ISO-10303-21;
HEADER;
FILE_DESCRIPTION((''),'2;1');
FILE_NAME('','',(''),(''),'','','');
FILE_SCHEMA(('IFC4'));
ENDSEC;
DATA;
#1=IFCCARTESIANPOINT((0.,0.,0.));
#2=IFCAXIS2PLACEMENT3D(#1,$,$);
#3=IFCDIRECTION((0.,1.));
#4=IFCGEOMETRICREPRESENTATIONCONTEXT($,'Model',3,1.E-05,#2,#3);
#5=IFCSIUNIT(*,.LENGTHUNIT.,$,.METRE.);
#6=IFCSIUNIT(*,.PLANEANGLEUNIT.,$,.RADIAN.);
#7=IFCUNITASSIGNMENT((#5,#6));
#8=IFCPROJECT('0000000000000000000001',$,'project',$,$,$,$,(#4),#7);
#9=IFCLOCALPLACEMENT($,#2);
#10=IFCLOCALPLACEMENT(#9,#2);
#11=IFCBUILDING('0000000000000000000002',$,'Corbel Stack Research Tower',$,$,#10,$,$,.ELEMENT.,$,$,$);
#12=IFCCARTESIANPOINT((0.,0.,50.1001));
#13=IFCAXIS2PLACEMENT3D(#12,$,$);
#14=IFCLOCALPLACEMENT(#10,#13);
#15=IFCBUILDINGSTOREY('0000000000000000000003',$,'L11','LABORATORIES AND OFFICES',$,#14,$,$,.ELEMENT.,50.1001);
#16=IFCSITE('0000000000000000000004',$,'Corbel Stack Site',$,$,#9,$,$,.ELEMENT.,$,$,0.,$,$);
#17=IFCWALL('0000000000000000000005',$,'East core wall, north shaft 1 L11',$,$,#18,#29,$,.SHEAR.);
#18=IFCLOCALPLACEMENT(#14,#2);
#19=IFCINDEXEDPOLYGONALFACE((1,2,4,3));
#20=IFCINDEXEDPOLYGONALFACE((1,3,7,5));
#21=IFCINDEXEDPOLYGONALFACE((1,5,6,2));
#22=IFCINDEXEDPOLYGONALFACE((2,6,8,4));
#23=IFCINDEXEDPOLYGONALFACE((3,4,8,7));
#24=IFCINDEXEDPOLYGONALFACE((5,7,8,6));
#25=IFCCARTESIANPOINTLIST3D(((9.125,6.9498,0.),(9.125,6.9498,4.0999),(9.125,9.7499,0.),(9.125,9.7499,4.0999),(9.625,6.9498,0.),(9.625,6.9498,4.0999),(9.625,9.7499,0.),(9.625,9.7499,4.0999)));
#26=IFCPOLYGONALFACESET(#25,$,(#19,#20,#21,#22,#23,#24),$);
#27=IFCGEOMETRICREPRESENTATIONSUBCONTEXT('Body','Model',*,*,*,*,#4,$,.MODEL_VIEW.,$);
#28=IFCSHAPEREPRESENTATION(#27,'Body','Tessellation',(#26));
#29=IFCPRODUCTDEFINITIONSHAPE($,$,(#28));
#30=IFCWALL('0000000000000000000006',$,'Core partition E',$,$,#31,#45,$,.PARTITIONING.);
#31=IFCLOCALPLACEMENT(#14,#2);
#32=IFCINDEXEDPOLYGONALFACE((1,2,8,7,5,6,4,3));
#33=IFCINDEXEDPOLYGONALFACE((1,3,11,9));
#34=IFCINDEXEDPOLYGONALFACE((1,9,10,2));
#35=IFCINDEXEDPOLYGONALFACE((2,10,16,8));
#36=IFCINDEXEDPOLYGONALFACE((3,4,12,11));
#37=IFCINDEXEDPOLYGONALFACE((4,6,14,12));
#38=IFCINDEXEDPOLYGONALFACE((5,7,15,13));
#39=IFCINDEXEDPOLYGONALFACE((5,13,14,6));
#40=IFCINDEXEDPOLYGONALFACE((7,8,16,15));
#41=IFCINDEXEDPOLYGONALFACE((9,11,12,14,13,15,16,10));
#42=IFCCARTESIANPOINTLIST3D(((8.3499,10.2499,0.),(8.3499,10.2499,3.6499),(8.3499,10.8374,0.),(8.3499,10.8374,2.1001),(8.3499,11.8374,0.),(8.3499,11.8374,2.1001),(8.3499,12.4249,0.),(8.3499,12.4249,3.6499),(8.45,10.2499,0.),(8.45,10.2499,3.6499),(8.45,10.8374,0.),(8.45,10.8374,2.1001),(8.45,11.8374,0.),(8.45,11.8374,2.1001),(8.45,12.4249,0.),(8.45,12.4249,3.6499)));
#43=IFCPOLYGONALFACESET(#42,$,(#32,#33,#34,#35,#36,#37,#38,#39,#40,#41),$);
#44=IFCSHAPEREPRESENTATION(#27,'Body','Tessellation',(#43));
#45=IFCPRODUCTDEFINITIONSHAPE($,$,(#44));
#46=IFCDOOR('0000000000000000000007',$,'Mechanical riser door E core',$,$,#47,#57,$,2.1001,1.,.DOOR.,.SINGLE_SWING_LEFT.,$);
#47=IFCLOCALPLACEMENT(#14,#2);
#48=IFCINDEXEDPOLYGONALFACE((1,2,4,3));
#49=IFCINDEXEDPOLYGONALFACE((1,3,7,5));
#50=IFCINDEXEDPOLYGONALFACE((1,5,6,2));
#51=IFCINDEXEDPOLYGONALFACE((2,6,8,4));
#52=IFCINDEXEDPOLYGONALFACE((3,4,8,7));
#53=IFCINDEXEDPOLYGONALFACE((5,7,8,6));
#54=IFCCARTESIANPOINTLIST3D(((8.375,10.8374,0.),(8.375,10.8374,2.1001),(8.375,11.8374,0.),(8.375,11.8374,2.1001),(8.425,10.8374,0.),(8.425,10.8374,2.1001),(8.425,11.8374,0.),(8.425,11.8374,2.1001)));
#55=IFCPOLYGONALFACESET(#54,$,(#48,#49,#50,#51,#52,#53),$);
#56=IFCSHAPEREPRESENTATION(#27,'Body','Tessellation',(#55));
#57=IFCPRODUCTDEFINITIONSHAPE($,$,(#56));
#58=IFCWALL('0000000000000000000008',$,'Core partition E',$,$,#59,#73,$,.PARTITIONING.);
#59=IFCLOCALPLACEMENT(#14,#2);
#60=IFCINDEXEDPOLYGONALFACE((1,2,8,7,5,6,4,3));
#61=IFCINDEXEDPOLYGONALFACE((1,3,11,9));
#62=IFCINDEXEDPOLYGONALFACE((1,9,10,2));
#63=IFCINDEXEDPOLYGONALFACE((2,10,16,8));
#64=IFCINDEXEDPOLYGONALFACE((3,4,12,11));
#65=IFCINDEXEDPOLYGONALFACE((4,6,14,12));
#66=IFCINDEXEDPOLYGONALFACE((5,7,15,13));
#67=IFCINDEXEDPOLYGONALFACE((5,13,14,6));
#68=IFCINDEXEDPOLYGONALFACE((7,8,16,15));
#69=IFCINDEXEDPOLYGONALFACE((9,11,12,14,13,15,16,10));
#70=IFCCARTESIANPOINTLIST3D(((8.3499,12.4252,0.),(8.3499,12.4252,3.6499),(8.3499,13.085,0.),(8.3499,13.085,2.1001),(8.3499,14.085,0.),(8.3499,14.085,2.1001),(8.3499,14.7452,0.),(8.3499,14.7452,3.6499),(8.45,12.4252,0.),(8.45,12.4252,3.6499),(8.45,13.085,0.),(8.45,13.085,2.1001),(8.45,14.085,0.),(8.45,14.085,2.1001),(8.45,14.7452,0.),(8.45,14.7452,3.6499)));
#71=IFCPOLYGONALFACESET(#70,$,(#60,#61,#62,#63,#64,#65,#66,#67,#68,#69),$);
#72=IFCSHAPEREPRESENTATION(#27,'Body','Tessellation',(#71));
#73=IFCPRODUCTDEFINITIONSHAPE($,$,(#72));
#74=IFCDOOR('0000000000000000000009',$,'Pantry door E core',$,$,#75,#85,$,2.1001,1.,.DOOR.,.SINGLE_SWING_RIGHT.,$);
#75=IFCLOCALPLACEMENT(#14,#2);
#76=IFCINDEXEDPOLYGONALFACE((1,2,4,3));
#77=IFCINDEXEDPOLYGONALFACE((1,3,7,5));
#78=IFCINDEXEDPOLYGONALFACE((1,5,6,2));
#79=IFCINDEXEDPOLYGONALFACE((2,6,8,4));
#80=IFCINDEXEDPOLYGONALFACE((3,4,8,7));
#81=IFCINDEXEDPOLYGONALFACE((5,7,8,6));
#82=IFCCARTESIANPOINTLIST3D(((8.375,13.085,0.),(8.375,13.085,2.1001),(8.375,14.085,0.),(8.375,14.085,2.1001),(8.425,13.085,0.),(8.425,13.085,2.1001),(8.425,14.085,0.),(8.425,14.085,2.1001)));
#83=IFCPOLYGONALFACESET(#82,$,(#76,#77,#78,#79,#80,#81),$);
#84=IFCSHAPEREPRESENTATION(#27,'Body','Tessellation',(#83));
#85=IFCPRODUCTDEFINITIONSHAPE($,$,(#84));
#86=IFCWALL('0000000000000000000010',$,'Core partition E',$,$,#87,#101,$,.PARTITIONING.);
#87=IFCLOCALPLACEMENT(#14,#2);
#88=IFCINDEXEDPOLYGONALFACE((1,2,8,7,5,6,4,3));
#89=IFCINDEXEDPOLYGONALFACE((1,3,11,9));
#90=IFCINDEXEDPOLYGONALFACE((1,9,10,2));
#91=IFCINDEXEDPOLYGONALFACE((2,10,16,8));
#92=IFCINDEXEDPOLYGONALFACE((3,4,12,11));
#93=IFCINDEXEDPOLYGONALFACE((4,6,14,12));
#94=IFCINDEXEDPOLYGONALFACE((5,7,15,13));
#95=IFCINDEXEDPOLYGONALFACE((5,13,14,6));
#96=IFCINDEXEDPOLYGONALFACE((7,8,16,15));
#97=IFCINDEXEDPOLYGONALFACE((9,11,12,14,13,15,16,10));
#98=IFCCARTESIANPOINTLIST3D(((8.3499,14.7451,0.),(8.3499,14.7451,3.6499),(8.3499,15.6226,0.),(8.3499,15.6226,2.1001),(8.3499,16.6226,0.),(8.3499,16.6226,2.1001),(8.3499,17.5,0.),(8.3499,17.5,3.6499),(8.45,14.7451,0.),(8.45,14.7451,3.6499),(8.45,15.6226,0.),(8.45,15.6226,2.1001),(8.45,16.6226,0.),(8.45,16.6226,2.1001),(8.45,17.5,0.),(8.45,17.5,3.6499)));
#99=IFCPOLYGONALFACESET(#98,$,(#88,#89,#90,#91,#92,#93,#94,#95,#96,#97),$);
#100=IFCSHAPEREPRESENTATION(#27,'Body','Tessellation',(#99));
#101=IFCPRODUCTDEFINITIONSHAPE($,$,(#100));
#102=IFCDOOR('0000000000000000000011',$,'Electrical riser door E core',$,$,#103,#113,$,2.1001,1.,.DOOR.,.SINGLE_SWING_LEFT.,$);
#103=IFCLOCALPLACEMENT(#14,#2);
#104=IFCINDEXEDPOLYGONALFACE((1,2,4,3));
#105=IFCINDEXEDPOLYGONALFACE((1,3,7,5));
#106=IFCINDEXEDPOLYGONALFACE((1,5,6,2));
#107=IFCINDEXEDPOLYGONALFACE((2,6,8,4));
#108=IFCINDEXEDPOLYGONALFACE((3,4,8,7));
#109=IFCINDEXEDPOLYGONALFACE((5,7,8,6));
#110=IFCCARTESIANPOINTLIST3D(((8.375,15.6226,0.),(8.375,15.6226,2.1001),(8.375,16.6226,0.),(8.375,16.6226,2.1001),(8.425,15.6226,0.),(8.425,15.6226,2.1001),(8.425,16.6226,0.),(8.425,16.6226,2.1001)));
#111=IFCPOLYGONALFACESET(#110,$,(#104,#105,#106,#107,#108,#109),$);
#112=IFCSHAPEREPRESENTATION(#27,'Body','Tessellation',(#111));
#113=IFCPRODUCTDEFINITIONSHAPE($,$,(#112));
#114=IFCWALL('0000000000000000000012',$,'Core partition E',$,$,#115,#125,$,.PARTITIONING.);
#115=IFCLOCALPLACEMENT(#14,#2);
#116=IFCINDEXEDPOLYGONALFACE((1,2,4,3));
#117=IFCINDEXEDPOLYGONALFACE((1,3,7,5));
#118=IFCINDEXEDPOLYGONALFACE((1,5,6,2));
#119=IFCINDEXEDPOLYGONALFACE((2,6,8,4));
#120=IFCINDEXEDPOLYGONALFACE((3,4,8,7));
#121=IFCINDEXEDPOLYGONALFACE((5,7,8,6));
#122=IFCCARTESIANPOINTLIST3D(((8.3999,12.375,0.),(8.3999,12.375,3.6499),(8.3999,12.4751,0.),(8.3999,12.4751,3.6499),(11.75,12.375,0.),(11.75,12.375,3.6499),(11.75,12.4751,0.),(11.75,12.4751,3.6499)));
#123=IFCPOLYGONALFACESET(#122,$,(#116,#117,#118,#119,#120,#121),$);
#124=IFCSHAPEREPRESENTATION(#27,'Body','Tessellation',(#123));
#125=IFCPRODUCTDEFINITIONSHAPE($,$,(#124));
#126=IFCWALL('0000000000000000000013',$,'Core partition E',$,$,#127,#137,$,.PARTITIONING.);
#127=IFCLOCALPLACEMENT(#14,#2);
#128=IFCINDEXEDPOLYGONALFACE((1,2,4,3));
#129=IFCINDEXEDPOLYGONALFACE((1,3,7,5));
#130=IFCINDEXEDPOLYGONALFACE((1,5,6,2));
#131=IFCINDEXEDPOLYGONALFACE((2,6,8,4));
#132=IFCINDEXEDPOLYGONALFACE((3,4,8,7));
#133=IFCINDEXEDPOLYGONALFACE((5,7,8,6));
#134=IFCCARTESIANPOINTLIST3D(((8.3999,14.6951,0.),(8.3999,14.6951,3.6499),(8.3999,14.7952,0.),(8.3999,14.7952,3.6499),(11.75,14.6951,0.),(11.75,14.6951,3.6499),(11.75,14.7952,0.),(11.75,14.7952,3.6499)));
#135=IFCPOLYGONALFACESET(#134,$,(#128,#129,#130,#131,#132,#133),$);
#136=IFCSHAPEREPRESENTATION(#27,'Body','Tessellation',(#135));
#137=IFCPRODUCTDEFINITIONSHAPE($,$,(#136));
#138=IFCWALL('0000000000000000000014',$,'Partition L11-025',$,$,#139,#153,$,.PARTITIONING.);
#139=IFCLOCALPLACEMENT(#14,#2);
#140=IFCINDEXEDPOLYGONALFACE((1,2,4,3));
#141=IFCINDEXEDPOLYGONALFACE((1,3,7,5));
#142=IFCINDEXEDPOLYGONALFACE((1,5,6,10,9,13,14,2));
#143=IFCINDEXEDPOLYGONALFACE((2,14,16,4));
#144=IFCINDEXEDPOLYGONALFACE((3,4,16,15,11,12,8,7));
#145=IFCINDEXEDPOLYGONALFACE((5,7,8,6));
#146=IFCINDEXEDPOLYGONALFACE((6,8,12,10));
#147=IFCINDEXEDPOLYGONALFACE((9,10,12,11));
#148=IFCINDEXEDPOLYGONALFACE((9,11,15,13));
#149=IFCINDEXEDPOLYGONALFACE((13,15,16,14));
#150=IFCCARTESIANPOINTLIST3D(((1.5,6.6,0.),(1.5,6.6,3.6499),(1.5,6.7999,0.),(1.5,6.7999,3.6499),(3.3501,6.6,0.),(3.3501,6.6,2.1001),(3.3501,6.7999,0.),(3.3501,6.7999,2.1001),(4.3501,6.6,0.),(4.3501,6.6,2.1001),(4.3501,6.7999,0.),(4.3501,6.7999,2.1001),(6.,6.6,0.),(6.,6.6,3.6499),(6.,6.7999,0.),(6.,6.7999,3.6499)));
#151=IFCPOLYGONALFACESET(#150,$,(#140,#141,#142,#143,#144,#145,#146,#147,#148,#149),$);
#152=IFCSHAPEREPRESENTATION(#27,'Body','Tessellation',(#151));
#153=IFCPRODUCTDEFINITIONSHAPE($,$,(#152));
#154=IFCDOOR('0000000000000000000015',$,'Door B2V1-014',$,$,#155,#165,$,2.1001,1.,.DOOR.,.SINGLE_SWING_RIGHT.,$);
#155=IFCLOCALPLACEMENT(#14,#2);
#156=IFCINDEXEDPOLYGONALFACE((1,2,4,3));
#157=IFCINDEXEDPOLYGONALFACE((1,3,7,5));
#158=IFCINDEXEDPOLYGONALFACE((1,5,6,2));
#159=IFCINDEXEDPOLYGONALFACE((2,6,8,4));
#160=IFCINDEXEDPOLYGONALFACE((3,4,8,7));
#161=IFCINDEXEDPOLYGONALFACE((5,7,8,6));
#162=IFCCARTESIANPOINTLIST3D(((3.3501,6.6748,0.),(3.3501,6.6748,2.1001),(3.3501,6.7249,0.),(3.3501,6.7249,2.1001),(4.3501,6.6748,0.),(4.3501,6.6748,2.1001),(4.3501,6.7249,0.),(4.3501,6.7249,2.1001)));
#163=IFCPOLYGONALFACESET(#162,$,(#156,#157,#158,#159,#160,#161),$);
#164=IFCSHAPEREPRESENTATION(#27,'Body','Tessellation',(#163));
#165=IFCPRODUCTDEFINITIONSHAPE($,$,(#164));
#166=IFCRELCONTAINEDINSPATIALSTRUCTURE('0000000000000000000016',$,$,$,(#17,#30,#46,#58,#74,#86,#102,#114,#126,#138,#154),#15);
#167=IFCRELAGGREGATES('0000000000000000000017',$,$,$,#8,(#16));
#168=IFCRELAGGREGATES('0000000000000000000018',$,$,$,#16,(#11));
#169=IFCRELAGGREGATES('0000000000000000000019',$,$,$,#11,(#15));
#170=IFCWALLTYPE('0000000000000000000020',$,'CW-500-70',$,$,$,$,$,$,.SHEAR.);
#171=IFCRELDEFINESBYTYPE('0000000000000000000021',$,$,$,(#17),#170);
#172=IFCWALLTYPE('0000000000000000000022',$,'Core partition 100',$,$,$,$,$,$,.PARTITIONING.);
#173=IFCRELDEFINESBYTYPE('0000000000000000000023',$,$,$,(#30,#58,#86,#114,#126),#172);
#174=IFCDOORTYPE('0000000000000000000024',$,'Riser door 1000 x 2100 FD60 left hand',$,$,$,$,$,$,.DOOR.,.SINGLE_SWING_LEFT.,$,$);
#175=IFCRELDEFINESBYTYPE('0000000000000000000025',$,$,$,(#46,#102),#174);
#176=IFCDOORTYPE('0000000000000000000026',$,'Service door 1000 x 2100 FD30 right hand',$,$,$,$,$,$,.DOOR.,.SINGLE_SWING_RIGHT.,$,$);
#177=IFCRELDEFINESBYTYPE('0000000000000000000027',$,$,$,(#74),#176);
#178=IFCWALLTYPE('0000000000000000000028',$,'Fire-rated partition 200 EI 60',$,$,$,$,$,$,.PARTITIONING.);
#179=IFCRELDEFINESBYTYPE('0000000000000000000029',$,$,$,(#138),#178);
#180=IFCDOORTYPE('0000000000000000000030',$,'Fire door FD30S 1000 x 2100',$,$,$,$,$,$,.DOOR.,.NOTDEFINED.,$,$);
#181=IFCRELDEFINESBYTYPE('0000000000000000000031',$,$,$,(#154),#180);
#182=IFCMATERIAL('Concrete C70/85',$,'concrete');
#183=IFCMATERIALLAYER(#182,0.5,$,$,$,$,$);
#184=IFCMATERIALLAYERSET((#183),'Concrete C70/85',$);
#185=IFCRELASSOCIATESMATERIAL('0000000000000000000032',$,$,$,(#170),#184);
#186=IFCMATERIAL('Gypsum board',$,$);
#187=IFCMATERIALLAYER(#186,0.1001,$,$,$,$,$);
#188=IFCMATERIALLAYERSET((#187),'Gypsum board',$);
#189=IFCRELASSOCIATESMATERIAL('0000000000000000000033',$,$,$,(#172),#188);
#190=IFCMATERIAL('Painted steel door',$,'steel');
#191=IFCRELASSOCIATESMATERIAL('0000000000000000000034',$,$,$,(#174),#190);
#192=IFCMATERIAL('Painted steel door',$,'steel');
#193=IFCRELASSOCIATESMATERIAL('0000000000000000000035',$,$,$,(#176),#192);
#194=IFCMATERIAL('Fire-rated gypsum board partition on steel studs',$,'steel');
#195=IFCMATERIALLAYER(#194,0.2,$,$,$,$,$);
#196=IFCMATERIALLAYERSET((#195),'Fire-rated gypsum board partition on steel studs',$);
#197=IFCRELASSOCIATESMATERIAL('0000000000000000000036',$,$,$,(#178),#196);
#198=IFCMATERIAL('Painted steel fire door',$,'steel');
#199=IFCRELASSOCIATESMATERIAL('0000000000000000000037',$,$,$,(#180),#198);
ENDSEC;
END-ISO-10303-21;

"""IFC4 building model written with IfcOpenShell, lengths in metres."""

from ifc_helpers import new_model, si_unit, direction, frame, frame_2d, origin, place, context, subcontext, project, spatial, rectangle, extrude, material, layer, layer_set, type_object, element, fill, save


model = new_model("IFC4")

# Units and contexts
model_context = context("Model", 3, precision=1e-05, world=origin(), true_north=direction((0.0, 1.0)))
body_context = subcontext(model_context, "Body", "Model", "MODEL_VIEW")
ifc_project = project(units=[si_unit("LENGTHUNIT", "METRE"), si_unit("PLANEANGLEUNIT", "RADIAN")], contexts=[model_context])

# Site, building, storey
site_placement = place(None, origin())
site = spatial("IfcSite", under=ifc_project, at=site_placement, Name="Corbel Stack Site", CompositionType="ELEMENT", RefElevation=0.0)
building_placement = place(site_placement, origin())
building = spatial("IfcBuilding", under=site, at=building_placement, Name="Corbel Stack Research Tower", CompositionType="ELEMENT")
storey_placement = place(building_placement, frame((0.0, 0.0, 50.1001)))
storey = spatial("IfcBuildingStorey", under=building, at=storey_placement, Name="L11", Description="LABORATORIES AND OFFICES", CompositionType="ELEMENT", Elevation=50.1001)

# Shared definitions
ifc_material_1 = material(Name="Concrete C70/85", Category="concrete")
ifc_layer_1 = layer(ifc_material_1, 0.5)
ifc_layer_set_1 = layer_set([ifc_layer_1], Name="Concrete C70/85")
wall_type_1 = type_object("IfcWallType", Name="CW-500-70", PredefinedType="SHEAR", material=ifc_layer_set_1)

# Wall
wall_1_placement = place(storey_placement, frame((9.375, 6.95, 0.0), z_axis=(0.0, 0.0, 1.0), x_axis=(0.0, 1.0, 0.0)))
element("IfcWall", 1, at=wall_1_placement, inside=storey, type_object=wall_type_1, Name="East core wall, north shaft 1 L11", PredefinedType="SHEAR", context=body_context, shape_type="SweptSolid", body=[
    extrude(rectangle(XDim=2.8, YDim=0.5, at=frame_2d((1.3999, 0.0))), origin(), (0.0, 0.0, 1.0), 4.0999),
])

# Walls, openings, doors
ifc_material_2 = material(Name="Gypsum board")
ifc_layer_2 = layer(ifc_material_2, 0.1001)
ifc_layer_set_2 = layer_set([ifc_layer_2], Name="Gypsum board")
wall_type_2 = type_object("IfcWallType", Name="Core partition 100", PredefinedType="PARTITIONING", material=ifc_layer_set_2)
wall_2_placement = place(storey_placement, frame((8.3999, 10.25, 0.0), z_axis=(0.0, 0.0, 1.0), x_axis=(0.0, 1.0, 0.0)))
wall_2 = element("IfcWall", 2, at=wall_2_placement, inside=storey, type_object=wall_type_2, Name="Core partition E", PredefinedType="PARTITIONING", context=body_context, shape_type="SweptSolid", body=[
    extrude(rectangle(XDim=2.175, YDim=0.1001, at=frame_2d((1.0874, 0.0))), origin(), (0.0, 0.0, 1.0), 3.6499),
])
opening_1_placement = place(wall_2_placement, frame((0.5874, 0.0, 0.0)))
opening_1 = element("IfcOpeningElement", 3, at=opening_1_placement, cuts=wall_2, PredefinedType="OPENING", context=body_context, shape_type="SweptSolid", body=[
    extrude(rectangle(XDim=1.0, YDim=2.1001, at=frame_2d((0.5, 1.05))), frame((0.0, 0.0601, 0.0), z_axis=(0.0, -1.0, 0.0), x_axis=(1.0, 0.0, 0.0)), (0.0, 0.0, 1.0), 0.1201),
])
ifc_material_3 = material(Name="Painted steel door", Category="steel")
door_type_1 = type_object("IfcDoorType", Name="Riser door 1000 x 2100 FD60 left hand", OperationType="SINGLE_SWING_LEFT", PredefinedType="DOOR", material=ifc_material_3)
door_1_placement = place(opening_1_placement, origin())
door_1 = element("IfcDoor", 4, at=door_1_placement, inside=storey, type_object=door_type_1, Name="Mechanical riser door E core", OperationType="SINGLE_SWING_LEFT", OverallHeight=2.1001, OverallWidth=1.0, PredefinedType="DOOR", context=body_context, shape_type="SweptSolid", body=[
    extrude(rectangle(XDim=1.0, YDim=2.1001, at=frame_2d((0.5, 1.05))), frame((0.0, 0.0249, 0.0), z_axis=(0.0, -1.0, 0.0), x_axis=(1.0, 0.0, 0.0)), (0.0, 0.0, 1.0), 0.05),
])
fill(opening_1, door_1)
wall_3_placement = place(storey_placement, frame((8.3999, 12.425, 0.0), z_axis=(0.0, 0.0, 1.0), x_axis=(0.0, 1.0, 0.0)))
wall_3 = element("IfcWall", 5, at=wall_3_placement, inside=storey, type_object=wall_type_2, Name="Core partition E", PredefinedType="PARTITIONING", context=body_context, shape_type="SweptSolid", body=[
    extrude(rectangle(XDim=2.3201, YDim=0.1001, at=frame_2d((1.1602, 0.0))), origin(), (0.0, 0.0, 1.0), 3.6499),
])
opening_2_placement = place(wall_3_placement, frame((0.6599, 0.0, 0.0)))
opening_2 = element("IfcOpeningElement", 6, at=opening_2_placement, cuts=wall_3, PredefinedType="OPENING", context=body_context, shape_type="SweptSolid", body=[
    extrude(rectangle(XDim=1.0, YDim=2.1001, at=frame_2d((0.5, 1.05))), frame((0.0, 0.0601, 0.0), z_axis=(0.0, -1.0, 0.0), x_axis=(1.0, 0.0, 0.0)), (0.0, 0.0, 1.0), 0.1201),
])
ifc_material_4 = material(Name="Painted steel door", Category="steel")
door_type_2 = type_object("IfcDoorType", Name="Service door 1000 x 2100 FD30 right hand", OperationType="SINGLE_SWING_RIGHT", PredefinedType="DOOR", material=ifc_material_4)
door_2_placement = place(opening_2_placement, origin())
door_2 = element("IfcDoor", 7, at=door_2_placement, inside=storey, type_object=door_type_2, Name="Pantry door E core", OperationType="SINGLE_SWING_RIGHT", OverallHeight=2.1001, OverallWidth=1.0, PredefinedType="DOOR", context=body_context, shape_type="SweptSolid", body=[
    extrude(rectangle(XDim=1.0, YDim=2.1001, at=frame_2d((0.5, 1.05))), frame((0.0, 0.0249, 0.0), z_axis=(0.0, -1.0, 0.0), x_axis=(1.0, 0.0, 0.0)), (0.0, 0.0, 1.0), 0.05),
])
fill(opening_2, door_2)
wall_4_placement = place(storey_placement, frame((8.3999, 14.7451, 0.0), z_axis=(0.0, 0.0, 1.0), x_axis=(0.0, 1.0, 0.0)))
wall_4 = element("IfcWall", 8, at=wall_4_placement, inside=storey, type_object=wall_type_2, Name="Core partition E", PredefinedType="PARTITIONING", context=body_context, shape_type="SweptSolid", body=[
    extrude(rectangle(XDim=2.7549, YDim=0.1001, at=frame_2d((1.3774, 0.0))), origin(), (0.0, 0.0, 1.0), 3.6499),
])
opening_3_placement = place(wall_4_placement, frame((0.8774, 0.0, 0.0)))
opening_3 = element("IfcOpeningElement", 9, at=opening_3_placement, cuts=wall_4, PredefinedType="OPENING", context=body_context, shape_type="SweptSolid", body=[
    extrude(rectangle(XDim=1.0, YDim=2.1001, at=frame_2d((0.5, 1.05))), frame((0.0, 0.0601, 0.0), z_axis=(0.0, -1.0, 0.0), x_axis=(1.0, 0.0, 0.0)), (0.0, 0.0, 1.0), 0.1201),
])
door_3_placement = place(opening_3_placement, origin())
door_3 = element("IfcDoor", 10, at=door_3_placement, inside=storey, type_object=door_type_1, Name="Electrical riser door E core", OperationType="SINGLE_SWING_LEFT", OverallHeight=2.1001, OverallWidth=1.0, PredefinedType="DOOR", context=body_context, shape_type="SweptSolid", body=[
    extrude(rectangle(XDim=1.0, YDim=2.1001, at=frame_2d((0.5, 1.05))), frame((0.0, 0.0249, 0.0), z_axis=(0.0, -1.0, 0.0), x_axis=(1.0, 0.0, 0.0)), (0.0, 0.0, 1.0), 0.05),
])
fill(opening_3, door_3)

# Walls
for number, where, z_axis, x_axis, name in (
    (11, (8.3999, 12.425, 0.0), (0.0, 0.0, 1.0), (1.0, 0.0, 0.0), "Core partition E"),
    (12, (8.3999, 14.7451, 0.0), (0.0, 0.0, 1.0), (1.0, 0.0, 0.0), "Core partition E"),
):
    element("IfcWall", number, at=place(storey_placement, frame(where, z_axis=z_axis, x_axis=x_axis)), inside=storey, type_object=wall_type_2, Name=name, PredefinedType="PARTITIONING", context=body_context, shape_type="SweptSolid", body=[
        extrude(rectangle(XDim=3.3501, YDim=0.1001, at=frame_2d((1.675, 0.0))), origin(), (0.0, 0.0, 1.0), 3.6499),
    ])

# Wall, opening, door
ifc_material_5 = material(Name="Fire-rated gypsum board partition on steel studs", Category="steel")
ifc_layer_3 = layer(ifc_material_5, 0.2)
ifc_layer_set_3 = layer_set([ifc_layer_3], Name="Fire-rated gypsum board partition on steel studs")
wall_type_3 = type_object("IfcWallType", Name="Fire-rated partition 200 EI 60", PredefinedType="PARTITIONING", material=ifc_layer_set_3)
wall_5_placement = place(storey_placement, frame((1.5, 6.7, 0.0), z_axis=(0.0, 0.0, 1.0), x_axis=(1.0, 0.0, 0.0)))
wall_5 = element("IfcWall", 13, at=wall_5_placement, inside=storey, type_object=wall_type_3, Name="Partition L11-025", PredefinedType="PARTITIONING", context=body_context, shape_type="SweptSolid", body=[
    extrude(rectangle(XDim=4.5, YDim=0.2, at=frame_2d((2.25, 0.0))), origin(), (0.0, 0.0, 1.0), 3.6499),
])
opening_4_placement = place(wall_5_placement, frame((1.8501, 0.0, 0.0)))
opening_4 = element("IfcOpeningElement", 14, at=opening_4_placement, cuts=wall_5, PredefinedType="OPENING", context=body_context, shape_type="SweptSolid", body=[
    extrude(rectangle(XDim=1.0, YDim=2.1001, at=frame_2d((0.5, 1.05))), frame((0.0, 0.1099, 0.0), z_axis=(0.0, -1.0, 0.0), x_axis=(1.0, 0.0, 0.0)), (0.0, 0.0, 1.0), 0.22),
])
ifc_material_6 = material(Name="Painted steel fire door", Category="steel")
door_type_3 = type_object("IfcDoorType", Name="Fire door FD30S 1000 x 2100", OperationType="NOTDEFINED", PredefinedType="DOOR", material=ifc_material_6)
door_4_placement = place(opening_4_placement, origin())
door_4 = element("IfcDoor", 15, at=door_4_placement, inside=storey, type_object=door_type_3, Name="Door B2V1-014", OperationType="SINGLE_SWING_RIGHT", OverallHeight=2.1001, OverallWidth=1.0, PredefinedType="DOOR", context=body_context, shape_type="SweptSolid", body=[
    extrude(rectangle(XDim=1.0, YDim=2.1001, at=frame_2d((0.5, 1.05))), frame((0.0, 0.0249, 0.0), z_axis=(0.0, -1.0, 0.0), x_axis=(1.0, 0.0, 0.0)), (0.0, 0.0, 1.0), 0.05),
])
fill(opening_4, door_4)

save(model, "model.ifc")
